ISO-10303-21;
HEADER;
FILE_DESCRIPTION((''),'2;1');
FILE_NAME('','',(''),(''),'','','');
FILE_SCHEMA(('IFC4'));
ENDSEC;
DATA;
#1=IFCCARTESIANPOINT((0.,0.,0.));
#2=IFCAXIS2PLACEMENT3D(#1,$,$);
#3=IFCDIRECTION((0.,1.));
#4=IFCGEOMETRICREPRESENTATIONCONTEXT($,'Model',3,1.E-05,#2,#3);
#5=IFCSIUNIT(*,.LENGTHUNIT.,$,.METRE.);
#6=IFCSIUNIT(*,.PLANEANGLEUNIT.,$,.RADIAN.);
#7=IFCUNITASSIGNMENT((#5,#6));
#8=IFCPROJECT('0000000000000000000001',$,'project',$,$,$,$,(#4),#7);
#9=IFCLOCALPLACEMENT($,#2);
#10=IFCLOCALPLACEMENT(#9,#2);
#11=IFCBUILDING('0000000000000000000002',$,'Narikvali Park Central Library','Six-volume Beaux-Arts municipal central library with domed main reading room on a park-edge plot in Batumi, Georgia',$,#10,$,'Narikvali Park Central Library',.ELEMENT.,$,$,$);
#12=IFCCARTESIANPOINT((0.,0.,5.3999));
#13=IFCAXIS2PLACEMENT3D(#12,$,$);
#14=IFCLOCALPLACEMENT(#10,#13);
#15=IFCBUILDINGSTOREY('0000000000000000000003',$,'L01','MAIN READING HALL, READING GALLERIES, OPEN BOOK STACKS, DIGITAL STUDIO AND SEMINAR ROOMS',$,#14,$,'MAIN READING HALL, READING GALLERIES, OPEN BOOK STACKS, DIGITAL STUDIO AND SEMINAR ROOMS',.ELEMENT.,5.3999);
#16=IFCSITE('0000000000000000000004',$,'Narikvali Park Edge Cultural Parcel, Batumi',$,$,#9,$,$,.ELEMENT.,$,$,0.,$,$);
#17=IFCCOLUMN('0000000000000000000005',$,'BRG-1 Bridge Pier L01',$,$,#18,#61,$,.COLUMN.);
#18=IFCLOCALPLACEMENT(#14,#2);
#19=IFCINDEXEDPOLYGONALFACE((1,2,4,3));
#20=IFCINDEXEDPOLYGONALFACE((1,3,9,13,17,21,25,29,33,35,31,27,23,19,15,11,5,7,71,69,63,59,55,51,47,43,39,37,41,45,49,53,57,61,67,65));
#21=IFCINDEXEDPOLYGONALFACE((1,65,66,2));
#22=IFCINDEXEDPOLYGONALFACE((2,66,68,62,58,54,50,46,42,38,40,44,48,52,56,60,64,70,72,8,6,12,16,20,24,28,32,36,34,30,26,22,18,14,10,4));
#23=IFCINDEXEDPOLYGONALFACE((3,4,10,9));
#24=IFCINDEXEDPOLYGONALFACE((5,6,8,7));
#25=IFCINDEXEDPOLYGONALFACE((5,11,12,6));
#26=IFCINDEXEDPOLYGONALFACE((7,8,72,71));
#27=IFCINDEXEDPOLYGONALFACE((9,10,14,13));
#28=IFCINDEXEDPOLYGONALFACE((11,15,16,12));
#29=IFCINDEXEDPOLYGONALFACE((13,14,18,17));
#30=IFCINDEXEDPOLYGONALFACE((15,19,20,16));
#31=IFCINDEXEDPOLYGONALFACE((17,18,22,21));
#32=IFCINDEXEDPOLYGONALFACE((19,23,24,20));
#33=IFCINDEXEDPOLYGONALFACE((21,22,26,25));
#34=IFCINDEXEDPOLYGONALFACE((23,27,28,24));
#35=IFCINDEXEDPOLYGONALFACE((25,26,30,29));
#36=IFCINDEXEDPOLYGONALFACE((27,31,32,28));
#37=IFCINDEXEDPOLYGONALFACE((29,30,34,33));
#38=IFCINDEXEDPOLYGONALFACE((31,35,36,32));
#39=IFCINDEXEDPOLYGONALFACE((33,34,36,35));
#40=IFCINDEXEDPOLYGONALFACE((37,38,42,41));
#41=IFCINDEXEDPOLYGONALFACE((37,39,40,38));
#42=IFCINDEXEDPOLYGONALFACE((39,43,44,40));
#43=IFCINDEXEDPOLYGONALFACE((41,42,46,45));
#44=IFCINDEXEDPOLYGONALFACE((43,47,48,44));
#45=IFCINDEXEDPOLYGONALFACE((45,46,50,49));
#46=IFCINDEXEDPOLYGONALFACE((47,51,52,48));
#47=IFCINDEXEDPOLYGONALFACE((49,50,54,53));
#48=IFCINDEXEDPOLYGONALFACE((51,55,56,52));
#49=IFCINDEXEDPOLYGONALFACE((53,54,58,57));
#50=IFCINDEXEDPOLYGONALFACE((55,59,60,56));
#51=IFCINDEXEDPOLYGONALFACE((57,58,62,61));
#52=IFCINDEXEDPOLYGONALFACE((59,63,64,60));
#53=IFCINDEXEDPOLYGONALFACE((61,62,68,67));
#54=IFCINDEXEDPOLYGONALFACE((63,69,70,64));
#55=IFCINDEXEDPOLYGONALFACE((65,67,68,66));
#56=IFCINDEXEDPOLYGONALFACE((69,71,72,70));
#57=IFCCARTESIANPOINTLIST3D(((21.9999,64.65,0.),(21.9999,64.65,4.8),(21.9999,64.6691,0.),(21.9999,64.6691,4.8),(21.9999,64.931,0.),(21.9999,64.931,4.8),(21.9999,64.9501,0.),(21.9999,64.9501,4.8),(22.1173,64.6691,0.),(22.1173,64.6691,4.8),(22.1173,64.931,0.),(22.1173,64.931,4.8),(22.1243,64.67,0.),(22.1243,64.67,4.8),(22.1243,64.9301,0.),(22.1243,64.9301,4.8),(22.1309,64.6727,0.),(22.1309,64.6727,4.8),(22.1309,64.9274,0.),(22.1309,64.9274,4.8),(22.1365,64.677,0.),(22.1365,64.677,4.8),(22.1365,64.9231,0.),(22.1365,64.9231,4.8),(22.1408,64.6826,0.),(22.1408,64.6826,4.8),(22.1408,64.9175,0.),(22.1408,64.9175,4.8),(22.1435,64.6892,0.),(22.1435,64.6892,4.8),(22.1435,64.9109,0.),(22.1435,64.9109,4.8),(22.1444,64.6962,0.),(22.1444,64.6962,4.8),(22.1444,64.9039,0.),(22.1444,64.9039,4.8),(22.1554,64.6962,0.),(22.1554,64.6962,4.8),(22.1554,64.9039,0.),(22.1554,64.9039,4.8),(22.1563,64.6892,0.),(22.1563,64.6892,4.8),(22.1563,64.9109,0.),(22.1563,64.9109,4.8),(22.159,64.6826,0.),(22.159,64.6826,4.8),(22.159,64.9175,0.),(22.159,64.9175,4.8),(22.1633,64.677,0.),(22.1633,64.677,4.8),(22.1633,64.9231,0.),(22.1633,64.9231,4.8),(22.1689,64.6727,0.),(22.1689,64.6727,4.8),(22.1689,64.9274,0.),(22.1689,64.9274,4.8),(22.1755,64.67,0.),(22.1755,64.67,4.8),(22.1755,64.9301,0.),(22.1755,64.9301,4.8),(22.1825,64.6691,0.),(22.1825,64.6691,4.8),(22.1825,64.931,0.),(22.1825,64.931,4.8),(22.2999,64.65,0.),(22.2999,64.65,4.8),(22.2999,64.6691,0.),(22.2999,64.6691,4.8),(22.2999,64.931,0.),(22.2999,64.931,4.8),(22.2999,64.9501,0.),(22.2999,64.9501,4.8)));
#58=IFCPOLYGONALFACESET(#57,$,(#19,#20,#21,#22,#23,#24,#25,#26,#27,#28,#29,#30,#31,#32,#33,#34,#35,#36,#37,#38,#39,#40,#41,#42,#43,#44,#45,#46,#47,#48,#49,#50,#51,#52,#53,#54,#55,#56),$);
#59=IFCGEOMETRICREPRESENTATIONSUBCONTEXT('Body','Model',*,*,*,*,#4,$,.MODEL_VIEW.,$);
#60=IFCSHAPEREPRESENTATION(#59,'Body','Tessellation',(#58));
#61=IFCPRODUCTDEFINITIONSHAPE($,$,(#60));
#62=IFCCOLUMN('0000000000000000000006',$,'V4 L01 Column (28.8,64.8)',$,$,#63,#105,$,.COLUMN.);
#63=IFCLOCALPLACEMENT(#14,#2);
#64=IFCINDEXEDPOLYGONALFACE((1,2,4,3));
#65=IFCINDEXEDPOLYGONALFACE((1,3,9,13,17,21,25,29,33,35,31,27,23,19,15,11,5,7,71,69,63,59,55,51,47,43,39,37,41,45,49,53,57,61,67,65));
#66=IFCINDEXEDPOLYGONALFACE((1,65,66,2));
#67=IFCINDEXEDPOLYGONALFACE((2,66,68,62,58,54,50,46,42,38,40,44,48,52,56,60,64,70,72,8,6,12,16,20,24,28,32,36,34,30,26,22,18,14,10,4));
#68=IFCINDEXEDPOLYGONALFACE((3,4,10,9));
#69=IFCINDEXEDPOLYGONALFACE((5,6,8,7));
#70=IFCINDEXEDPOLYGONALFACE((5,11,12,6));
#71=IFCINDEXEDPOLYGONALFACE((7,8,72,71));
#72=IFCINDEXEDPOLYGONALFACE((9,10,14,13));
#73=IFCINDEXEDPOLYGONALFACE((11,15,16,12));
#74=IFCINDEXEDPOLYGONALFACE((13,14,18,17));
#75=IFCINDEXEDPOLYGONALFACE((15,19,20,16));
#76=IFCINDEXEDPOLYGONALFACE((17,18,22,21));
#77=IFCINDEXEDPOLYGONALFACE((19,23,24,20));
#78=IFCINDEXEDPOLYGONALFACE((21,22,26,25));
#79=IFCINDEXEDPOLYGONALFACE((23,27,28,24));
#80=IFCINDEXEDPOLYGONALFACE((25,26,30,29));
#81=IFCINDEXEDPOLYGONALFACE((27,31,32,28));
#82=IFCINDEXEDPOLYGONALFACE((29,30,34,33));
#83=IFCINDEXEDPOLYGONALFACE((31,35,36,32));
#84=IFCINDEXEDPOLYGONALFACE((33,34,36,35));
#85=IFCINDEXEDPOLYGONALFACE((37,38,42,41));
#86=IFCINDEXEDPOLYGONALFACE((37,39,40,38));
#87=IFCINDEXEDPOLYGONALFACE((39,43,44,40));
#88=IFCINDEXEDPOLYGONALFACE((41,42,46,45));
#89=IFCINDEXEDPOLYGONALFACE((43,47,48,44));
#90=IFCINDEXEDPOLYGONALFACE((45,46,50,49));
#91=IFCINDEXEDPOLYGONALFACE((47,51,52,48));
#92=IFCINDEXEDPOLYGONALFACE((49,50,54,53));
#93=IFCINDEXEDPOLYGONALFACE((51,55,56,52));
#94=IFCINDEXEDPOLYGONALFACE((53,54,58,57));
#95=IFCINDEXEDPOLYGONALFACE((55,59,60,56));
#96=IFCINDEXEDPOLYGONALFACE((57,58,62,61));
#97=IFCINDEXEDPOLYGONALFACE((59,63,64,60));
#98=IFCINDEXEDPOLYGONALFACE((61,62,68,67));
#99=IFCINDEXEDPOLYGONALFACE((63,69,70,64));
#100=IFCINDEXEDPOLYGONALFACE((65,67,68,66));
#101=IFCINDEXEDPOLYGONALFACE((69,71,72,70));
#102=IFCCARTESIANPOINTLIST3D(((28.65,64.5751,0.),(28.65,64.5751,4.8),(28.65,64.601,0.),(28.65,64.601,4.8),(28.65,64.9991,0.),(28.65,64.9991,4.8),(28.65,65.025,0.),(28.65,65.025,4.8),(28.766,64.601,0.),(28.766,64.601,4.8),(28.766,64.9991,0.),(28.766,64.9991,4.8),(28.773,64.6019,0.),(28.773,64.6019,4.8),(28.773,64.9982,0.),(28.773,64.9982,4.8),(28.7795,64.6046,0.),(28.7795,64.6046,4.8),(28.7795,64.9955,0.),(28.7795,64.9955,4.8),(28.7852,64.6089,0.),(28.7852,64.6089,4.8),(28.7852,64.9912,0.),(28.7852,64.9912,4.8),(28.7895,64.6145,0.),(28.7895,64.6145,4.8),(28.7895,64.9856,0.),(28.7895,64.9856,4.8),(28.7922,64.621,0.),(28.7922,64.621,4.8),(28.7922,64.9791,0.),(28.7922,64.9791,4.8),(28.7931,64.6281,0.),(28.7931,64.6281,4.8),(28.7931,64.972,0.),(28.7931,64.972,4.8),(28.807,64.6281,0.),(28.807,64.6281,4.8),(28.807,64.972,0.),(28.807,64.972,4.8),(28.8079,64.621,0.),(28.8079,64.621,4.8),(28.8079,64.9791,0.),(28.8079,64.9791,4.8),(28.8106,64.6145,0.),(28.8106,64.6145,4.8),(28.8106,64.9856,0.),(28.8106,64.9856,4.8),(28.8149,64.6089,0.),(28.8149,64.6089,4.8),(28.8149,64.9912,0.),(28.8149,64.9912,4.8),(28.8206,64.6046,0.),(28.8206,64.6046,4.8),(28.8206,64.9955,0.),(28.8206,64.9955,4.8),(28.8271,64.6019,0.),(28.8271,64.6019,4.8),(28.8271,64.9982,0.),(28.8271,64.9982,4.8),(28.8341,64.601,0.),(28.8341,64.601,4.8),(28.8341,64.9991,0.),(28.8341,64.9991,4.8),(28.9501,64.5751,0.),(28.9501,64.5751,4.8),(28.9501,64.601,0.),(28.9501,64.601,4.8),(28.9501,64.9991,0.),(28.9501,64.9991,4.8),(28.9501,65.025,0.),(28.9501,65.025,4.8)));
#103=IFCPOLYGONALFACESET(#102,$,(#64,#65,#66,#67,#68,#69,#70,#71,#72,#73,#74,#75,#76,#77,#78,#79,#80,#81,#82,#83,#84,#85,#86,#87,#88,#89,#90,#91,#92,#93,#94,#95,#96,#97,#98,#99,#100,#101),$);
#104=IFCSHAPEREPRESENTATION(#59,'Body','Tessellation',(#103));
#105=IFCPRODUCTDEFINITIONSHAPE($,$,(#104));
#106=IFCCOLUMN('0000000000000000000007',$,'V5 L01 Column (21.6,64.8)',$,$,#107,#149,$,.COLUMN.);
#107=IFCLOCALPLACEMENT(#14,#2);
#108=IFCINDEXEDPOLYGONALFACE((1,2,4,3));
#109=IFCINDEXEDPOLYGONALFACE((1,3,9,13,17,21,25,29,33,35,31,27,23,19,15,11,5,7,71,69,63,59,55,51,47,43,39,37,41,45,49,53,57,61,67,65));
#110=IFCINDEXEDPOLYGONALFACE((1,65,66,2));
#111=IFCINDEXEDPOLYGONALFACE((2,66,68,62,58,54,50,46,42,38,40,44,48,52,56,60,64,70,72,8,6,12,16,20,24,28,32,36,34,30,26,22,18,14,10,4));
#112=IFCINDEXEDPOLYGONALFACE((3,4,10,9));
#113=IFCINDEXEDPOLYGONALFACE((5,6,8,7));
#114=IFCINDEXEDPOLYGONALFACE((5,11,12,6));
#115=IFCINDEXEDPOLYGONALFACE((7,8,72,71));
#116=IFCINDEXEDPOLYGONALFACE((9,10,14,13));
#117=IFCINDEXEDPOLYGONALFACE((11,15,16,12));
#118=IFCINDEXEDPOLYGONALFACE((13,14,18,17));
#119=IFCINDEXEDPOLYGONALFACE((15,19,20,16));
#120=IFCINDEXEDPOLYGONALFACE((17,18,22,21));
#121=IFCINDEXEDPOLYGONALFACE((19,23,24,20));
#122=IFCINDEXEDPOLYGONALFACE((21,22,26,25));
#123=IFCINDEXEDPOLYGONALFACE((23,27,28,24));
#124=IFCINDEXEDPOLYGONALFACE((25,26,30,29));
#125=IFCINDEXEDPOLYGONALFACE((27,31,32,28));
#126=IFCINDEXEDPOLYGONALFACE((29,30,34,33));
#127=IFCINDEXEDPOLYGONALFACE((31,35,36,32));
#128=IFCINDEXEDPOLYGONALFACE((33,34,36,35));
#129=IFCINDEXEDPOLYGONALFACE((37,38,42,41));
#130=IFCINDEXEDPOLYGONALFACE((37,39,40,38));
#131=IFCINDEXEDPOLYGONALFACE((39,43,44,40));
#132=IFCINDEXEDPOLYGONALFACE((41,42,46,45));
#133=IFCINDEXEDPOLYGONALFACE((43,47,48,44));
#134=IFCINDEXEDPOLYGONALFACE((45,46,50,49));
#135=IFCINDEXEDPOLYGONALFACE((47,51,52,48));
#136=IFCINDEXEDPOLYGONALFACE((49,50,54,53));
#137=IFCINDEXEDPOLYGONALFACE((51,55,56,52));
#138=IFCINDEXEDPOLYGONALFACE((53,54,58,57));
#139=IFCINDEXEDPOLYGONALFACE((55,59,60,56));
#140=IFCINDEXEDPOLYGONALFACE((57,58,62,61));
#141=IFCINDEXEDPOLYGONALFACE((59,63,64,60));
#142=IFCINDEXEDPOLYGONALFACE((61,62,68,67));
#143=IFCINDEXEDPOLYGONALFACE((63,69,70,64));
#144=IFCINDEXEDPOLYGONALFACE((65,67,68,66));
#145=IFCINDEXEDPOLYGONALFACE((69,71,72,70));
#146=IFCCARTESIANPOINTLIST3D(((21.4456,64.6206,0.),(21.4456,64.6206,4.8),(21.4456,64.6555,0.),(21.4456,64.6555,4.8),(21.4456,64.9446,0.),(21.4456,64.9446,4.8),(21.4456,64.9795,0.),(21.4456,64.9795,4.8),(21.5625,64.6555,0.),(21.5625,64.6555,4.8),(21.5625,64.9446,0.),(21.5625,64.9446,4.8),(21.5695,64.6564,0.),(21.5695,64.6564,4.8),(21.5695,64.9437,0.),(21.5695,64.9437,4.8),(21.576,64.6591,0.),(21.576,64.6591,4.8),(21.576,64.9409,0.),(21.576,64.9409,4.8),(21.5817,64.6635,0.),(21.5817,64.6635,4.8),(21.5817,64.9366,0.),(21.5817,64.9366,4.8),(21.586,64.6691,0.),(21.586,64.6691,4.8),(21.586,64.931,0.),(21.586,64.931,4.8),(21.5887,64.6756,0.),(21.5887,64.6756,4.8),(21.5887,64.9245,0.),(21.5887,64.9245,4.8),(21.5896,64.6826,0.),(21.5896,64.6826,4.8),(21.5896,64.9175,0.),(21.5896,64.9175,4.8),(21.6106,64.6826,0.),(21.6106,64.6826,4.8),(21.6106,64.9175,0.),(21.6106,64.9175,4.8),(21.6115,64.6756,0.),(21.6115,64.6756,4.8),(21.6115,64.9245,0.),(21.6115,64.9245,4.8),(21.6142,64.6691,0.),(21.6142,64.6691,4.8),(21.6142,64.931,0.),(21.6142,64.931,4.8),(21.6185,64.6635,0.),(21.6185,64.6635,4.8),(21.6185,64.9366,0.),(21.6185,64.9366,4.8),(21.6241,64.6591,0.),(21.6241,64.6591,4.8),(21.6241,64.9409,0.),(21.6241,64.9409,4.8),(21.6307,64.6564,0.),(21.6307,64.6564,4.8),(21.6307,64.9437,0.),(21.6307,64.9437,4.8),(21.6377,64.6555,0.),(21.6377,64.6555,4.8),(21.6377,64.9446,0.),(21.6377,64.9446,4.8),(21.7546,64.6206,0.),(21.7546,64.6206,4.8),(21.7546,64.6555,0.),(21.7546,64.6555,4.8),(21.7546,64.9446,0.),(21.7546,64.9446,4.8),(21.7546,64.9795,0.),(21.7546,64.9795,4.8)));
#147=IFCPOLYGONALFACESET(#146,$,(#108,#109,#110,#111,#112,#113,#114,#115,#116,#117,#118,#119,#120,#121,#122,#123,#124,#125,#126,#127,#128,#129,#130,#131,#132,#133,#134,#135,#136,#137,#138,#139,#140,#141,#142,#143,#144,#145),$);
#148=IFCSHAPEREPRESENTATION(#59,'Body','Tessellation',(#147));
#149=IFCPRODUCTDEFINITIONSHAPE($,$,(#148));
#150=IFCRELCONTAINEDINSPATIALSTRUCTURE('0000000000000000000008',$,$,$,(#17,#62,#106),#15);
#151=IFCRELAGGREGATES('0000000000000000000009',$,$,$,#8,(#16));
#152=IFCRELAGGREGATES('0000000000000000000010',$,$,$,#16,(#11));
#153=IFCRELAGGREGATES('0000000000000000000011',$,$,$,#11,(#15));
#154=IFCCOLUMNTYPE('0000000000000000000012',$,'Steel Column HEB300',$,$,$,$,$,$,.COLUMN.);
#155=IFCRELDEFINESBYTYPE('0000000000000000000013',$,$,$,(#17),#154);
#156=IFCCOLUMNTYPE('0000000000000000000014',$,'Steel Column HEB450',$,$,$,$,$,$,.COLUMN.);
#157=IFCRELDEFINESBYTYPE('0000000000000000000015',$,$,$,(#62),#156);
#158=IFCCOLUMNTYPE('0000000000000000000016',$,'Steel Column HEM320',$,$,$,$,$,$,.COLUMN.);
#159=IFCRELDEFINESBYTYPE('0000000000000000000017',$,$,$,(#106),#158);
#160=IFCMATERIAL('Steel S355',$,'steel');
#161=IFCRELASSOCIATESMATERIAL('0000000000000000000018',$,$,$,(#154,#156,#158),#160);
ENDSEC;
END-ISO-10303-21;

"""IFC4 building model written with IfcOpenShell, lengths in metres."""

from ifc_helpers import new_model, si_unit, direction, frame, origin, origin_2d, place, context, subcontext, project, spatial, i_section, extrude, material, material_profile, profile_set, type_object, element, save


model = new_model("IFC4")

# Units and contexts
model_context = context("Model", 3, precision=1e-05, world=origin(), true_north=direction((0.0, 1.0)))
body_context = subcontext(model_context, "Body", "Model", "MODEL_VIEW")
ifc_project = project(units=[si_unit("LENGTHUNIT", "METRE"), si_unit("PLANEANGLEUNIT", "RADIAN")], contexts=[model_context])

# Site, building, storey
site_placement = place(None, origin())
site = spatial("IfcSite", under=ifc_project, at=site_placement, Name="Narikvali Park Edge Cultural Parcel, Batumi", CompositionType="ELEMENT", RefElevation=0.0)
building_placement = place(site_placement, origin())
building = spatial("IfcBuilding", under=site, at=building_placement, Name="Narikvali Park Central Library", Description="Six-volume Beaux-Arts municipal central library with domed main reading room on a park-edge plot in Batumi, Georgia", LongName="Narikvali Park Central Library", CompositionType="ELEMENT")
storey_placement = place(building_placement, frame((0.0, 0.0, 5.3999)))
storey = spatial("IfcBuildingStorey", under=building, at=storey_placement, Name="L01", Description="MAIN READING HALL, READING GALLERIES, OPEN BOOK STACKS, DIGITAL STUDIO AND SEMINAR ROOMS", LongName="MAIN READING HALL, READING GALLERIES, OPEN BOOK STACKS, DIGITAL STUDIO AND SEMINAR ROOMS", CompositionType="ELEMENT", Elevation=5.3999)

# Columns
ifc_material_1 = material(Name="Steel S355", Category="steel")
ifc_material_profile_1 = material_profile(ifc_material_1, i_section(OverallWidth=0.3, OverallDepth=0.3, WebThickness=0.011, FlangeThickness=0.019, FilletRadius=0.0271, at=origin_2d()), Name="HEB 300")
ifc_profile_set_1 = profile_set([ifc_material_profile_1], Name="Steel S355")
column_type_1 = type_object("IfcColumnType", Name="Steel Column HEB300", PredefinedType="COLUMN", material=ifc_profile_set_1)
column_1_placement = place(storey_placement, frame((22.1499, 64.8, 0.0), z_axis=(0.0, 0.0, 1.0), x_axis=(1.0, 0.0, 0.0)))
element("IfcColumn", 1, at=column_1_placement, inside=storey, type_object=column_type_1, Name="BRG-1 Bridge Pier L01", PredefinedType="COLUMN", context=body_context, shape_type="SweptSolid", body=[
    extrude(i_section(OverallWidth=0.3, OverallDepth=0.3, WebThickness=0.011, FlangeThickness=0.019, FilletRadius=0.0271, at=origin_2d()), origin(), (0.0, 0.0, 1.0), 4.8),
])
ifc_material_profile_2 = material_profile(ifc_material_1, i_section(OverallWidth=0.3, OverallDepth=0.45, WebThickness=0.0139, FlangeThickness=0.0259, FilletRadius=0.0271, at=origin_2d()), Name="HEB 450")
ifc_profile_set_2 = profile_set([ifc_material_profile_2], Name="Steel S355")
column_type_2 = type_object("IfcColumnType", Name="Steel Column HEB450", PredefinedType="COLUMN", material=ifc_profile_set_2)
column_2_placement = place(storey_placement, frame((28.8, 64.8, 0.0), z_axis=(0.0, 0.0, 1.0), x_axis=(1.0, 0.0, 0.0)))
element("IfcColumn", 2, at=column_2_placement, inside=storey, type_object=column_type_2, Name="V4 L01 Column (28.8,64.8)", PredefinedType="COLUMN", context=body_context, shape_type="SweptSolid", body=[
    extrude(i_section(OverallWidth=0.3, OverallDepth=0.45, WebThickness=0.0139, FlangeThickness=0.0259, FilletRadius=0.0271, at=origin_2d()), origin(), (0.0, 0.0, 1.0), 4.8),
])
ifc_material_profile_3 = material_profile(ifc_material_1, i_section(OverallWidth=0.3091, OverallDepth=0.3589, WebThickness=0.021, FlangeThickness=0.0349, FilletRadius=0.0271, at=origin_2d()), Name="HEM 320")
ifc_profile_set_3 = profile_set([ifc_material_profile_3], Name="Steel S355")
column_type_3 = type_object("IfcColumnType", Name="Steel Column HEM320", PredefinedType="COLUMN", material=ifc_profile_set_3)
column_3_placement = place(storey_placement, frame((21.6001, 64.8, 0.0), z_axis=(0.0, 0.0, 1.0), x_axis=(1.0, 0.0, 0.0)))
element("IfcColumn", 3, at=column_3_placement, inside=storey, type_object=column_type_3, Name="V5 L01 Column (21.6,64.8)", PredefinedType="COLUMN", context=body_context, shape_type="SweptSolid", body=[
    extrude(i_section(OverallWidth=0.3091, OverallDepth=0.3589, WebThickness=0.021, FlangeThickness=0.0349, FilletRadius=0.0271, at=origin_2d()), origin(), (0.0, 0.0, 1.0), 4.8),
])

save(model, "model.ifc")
